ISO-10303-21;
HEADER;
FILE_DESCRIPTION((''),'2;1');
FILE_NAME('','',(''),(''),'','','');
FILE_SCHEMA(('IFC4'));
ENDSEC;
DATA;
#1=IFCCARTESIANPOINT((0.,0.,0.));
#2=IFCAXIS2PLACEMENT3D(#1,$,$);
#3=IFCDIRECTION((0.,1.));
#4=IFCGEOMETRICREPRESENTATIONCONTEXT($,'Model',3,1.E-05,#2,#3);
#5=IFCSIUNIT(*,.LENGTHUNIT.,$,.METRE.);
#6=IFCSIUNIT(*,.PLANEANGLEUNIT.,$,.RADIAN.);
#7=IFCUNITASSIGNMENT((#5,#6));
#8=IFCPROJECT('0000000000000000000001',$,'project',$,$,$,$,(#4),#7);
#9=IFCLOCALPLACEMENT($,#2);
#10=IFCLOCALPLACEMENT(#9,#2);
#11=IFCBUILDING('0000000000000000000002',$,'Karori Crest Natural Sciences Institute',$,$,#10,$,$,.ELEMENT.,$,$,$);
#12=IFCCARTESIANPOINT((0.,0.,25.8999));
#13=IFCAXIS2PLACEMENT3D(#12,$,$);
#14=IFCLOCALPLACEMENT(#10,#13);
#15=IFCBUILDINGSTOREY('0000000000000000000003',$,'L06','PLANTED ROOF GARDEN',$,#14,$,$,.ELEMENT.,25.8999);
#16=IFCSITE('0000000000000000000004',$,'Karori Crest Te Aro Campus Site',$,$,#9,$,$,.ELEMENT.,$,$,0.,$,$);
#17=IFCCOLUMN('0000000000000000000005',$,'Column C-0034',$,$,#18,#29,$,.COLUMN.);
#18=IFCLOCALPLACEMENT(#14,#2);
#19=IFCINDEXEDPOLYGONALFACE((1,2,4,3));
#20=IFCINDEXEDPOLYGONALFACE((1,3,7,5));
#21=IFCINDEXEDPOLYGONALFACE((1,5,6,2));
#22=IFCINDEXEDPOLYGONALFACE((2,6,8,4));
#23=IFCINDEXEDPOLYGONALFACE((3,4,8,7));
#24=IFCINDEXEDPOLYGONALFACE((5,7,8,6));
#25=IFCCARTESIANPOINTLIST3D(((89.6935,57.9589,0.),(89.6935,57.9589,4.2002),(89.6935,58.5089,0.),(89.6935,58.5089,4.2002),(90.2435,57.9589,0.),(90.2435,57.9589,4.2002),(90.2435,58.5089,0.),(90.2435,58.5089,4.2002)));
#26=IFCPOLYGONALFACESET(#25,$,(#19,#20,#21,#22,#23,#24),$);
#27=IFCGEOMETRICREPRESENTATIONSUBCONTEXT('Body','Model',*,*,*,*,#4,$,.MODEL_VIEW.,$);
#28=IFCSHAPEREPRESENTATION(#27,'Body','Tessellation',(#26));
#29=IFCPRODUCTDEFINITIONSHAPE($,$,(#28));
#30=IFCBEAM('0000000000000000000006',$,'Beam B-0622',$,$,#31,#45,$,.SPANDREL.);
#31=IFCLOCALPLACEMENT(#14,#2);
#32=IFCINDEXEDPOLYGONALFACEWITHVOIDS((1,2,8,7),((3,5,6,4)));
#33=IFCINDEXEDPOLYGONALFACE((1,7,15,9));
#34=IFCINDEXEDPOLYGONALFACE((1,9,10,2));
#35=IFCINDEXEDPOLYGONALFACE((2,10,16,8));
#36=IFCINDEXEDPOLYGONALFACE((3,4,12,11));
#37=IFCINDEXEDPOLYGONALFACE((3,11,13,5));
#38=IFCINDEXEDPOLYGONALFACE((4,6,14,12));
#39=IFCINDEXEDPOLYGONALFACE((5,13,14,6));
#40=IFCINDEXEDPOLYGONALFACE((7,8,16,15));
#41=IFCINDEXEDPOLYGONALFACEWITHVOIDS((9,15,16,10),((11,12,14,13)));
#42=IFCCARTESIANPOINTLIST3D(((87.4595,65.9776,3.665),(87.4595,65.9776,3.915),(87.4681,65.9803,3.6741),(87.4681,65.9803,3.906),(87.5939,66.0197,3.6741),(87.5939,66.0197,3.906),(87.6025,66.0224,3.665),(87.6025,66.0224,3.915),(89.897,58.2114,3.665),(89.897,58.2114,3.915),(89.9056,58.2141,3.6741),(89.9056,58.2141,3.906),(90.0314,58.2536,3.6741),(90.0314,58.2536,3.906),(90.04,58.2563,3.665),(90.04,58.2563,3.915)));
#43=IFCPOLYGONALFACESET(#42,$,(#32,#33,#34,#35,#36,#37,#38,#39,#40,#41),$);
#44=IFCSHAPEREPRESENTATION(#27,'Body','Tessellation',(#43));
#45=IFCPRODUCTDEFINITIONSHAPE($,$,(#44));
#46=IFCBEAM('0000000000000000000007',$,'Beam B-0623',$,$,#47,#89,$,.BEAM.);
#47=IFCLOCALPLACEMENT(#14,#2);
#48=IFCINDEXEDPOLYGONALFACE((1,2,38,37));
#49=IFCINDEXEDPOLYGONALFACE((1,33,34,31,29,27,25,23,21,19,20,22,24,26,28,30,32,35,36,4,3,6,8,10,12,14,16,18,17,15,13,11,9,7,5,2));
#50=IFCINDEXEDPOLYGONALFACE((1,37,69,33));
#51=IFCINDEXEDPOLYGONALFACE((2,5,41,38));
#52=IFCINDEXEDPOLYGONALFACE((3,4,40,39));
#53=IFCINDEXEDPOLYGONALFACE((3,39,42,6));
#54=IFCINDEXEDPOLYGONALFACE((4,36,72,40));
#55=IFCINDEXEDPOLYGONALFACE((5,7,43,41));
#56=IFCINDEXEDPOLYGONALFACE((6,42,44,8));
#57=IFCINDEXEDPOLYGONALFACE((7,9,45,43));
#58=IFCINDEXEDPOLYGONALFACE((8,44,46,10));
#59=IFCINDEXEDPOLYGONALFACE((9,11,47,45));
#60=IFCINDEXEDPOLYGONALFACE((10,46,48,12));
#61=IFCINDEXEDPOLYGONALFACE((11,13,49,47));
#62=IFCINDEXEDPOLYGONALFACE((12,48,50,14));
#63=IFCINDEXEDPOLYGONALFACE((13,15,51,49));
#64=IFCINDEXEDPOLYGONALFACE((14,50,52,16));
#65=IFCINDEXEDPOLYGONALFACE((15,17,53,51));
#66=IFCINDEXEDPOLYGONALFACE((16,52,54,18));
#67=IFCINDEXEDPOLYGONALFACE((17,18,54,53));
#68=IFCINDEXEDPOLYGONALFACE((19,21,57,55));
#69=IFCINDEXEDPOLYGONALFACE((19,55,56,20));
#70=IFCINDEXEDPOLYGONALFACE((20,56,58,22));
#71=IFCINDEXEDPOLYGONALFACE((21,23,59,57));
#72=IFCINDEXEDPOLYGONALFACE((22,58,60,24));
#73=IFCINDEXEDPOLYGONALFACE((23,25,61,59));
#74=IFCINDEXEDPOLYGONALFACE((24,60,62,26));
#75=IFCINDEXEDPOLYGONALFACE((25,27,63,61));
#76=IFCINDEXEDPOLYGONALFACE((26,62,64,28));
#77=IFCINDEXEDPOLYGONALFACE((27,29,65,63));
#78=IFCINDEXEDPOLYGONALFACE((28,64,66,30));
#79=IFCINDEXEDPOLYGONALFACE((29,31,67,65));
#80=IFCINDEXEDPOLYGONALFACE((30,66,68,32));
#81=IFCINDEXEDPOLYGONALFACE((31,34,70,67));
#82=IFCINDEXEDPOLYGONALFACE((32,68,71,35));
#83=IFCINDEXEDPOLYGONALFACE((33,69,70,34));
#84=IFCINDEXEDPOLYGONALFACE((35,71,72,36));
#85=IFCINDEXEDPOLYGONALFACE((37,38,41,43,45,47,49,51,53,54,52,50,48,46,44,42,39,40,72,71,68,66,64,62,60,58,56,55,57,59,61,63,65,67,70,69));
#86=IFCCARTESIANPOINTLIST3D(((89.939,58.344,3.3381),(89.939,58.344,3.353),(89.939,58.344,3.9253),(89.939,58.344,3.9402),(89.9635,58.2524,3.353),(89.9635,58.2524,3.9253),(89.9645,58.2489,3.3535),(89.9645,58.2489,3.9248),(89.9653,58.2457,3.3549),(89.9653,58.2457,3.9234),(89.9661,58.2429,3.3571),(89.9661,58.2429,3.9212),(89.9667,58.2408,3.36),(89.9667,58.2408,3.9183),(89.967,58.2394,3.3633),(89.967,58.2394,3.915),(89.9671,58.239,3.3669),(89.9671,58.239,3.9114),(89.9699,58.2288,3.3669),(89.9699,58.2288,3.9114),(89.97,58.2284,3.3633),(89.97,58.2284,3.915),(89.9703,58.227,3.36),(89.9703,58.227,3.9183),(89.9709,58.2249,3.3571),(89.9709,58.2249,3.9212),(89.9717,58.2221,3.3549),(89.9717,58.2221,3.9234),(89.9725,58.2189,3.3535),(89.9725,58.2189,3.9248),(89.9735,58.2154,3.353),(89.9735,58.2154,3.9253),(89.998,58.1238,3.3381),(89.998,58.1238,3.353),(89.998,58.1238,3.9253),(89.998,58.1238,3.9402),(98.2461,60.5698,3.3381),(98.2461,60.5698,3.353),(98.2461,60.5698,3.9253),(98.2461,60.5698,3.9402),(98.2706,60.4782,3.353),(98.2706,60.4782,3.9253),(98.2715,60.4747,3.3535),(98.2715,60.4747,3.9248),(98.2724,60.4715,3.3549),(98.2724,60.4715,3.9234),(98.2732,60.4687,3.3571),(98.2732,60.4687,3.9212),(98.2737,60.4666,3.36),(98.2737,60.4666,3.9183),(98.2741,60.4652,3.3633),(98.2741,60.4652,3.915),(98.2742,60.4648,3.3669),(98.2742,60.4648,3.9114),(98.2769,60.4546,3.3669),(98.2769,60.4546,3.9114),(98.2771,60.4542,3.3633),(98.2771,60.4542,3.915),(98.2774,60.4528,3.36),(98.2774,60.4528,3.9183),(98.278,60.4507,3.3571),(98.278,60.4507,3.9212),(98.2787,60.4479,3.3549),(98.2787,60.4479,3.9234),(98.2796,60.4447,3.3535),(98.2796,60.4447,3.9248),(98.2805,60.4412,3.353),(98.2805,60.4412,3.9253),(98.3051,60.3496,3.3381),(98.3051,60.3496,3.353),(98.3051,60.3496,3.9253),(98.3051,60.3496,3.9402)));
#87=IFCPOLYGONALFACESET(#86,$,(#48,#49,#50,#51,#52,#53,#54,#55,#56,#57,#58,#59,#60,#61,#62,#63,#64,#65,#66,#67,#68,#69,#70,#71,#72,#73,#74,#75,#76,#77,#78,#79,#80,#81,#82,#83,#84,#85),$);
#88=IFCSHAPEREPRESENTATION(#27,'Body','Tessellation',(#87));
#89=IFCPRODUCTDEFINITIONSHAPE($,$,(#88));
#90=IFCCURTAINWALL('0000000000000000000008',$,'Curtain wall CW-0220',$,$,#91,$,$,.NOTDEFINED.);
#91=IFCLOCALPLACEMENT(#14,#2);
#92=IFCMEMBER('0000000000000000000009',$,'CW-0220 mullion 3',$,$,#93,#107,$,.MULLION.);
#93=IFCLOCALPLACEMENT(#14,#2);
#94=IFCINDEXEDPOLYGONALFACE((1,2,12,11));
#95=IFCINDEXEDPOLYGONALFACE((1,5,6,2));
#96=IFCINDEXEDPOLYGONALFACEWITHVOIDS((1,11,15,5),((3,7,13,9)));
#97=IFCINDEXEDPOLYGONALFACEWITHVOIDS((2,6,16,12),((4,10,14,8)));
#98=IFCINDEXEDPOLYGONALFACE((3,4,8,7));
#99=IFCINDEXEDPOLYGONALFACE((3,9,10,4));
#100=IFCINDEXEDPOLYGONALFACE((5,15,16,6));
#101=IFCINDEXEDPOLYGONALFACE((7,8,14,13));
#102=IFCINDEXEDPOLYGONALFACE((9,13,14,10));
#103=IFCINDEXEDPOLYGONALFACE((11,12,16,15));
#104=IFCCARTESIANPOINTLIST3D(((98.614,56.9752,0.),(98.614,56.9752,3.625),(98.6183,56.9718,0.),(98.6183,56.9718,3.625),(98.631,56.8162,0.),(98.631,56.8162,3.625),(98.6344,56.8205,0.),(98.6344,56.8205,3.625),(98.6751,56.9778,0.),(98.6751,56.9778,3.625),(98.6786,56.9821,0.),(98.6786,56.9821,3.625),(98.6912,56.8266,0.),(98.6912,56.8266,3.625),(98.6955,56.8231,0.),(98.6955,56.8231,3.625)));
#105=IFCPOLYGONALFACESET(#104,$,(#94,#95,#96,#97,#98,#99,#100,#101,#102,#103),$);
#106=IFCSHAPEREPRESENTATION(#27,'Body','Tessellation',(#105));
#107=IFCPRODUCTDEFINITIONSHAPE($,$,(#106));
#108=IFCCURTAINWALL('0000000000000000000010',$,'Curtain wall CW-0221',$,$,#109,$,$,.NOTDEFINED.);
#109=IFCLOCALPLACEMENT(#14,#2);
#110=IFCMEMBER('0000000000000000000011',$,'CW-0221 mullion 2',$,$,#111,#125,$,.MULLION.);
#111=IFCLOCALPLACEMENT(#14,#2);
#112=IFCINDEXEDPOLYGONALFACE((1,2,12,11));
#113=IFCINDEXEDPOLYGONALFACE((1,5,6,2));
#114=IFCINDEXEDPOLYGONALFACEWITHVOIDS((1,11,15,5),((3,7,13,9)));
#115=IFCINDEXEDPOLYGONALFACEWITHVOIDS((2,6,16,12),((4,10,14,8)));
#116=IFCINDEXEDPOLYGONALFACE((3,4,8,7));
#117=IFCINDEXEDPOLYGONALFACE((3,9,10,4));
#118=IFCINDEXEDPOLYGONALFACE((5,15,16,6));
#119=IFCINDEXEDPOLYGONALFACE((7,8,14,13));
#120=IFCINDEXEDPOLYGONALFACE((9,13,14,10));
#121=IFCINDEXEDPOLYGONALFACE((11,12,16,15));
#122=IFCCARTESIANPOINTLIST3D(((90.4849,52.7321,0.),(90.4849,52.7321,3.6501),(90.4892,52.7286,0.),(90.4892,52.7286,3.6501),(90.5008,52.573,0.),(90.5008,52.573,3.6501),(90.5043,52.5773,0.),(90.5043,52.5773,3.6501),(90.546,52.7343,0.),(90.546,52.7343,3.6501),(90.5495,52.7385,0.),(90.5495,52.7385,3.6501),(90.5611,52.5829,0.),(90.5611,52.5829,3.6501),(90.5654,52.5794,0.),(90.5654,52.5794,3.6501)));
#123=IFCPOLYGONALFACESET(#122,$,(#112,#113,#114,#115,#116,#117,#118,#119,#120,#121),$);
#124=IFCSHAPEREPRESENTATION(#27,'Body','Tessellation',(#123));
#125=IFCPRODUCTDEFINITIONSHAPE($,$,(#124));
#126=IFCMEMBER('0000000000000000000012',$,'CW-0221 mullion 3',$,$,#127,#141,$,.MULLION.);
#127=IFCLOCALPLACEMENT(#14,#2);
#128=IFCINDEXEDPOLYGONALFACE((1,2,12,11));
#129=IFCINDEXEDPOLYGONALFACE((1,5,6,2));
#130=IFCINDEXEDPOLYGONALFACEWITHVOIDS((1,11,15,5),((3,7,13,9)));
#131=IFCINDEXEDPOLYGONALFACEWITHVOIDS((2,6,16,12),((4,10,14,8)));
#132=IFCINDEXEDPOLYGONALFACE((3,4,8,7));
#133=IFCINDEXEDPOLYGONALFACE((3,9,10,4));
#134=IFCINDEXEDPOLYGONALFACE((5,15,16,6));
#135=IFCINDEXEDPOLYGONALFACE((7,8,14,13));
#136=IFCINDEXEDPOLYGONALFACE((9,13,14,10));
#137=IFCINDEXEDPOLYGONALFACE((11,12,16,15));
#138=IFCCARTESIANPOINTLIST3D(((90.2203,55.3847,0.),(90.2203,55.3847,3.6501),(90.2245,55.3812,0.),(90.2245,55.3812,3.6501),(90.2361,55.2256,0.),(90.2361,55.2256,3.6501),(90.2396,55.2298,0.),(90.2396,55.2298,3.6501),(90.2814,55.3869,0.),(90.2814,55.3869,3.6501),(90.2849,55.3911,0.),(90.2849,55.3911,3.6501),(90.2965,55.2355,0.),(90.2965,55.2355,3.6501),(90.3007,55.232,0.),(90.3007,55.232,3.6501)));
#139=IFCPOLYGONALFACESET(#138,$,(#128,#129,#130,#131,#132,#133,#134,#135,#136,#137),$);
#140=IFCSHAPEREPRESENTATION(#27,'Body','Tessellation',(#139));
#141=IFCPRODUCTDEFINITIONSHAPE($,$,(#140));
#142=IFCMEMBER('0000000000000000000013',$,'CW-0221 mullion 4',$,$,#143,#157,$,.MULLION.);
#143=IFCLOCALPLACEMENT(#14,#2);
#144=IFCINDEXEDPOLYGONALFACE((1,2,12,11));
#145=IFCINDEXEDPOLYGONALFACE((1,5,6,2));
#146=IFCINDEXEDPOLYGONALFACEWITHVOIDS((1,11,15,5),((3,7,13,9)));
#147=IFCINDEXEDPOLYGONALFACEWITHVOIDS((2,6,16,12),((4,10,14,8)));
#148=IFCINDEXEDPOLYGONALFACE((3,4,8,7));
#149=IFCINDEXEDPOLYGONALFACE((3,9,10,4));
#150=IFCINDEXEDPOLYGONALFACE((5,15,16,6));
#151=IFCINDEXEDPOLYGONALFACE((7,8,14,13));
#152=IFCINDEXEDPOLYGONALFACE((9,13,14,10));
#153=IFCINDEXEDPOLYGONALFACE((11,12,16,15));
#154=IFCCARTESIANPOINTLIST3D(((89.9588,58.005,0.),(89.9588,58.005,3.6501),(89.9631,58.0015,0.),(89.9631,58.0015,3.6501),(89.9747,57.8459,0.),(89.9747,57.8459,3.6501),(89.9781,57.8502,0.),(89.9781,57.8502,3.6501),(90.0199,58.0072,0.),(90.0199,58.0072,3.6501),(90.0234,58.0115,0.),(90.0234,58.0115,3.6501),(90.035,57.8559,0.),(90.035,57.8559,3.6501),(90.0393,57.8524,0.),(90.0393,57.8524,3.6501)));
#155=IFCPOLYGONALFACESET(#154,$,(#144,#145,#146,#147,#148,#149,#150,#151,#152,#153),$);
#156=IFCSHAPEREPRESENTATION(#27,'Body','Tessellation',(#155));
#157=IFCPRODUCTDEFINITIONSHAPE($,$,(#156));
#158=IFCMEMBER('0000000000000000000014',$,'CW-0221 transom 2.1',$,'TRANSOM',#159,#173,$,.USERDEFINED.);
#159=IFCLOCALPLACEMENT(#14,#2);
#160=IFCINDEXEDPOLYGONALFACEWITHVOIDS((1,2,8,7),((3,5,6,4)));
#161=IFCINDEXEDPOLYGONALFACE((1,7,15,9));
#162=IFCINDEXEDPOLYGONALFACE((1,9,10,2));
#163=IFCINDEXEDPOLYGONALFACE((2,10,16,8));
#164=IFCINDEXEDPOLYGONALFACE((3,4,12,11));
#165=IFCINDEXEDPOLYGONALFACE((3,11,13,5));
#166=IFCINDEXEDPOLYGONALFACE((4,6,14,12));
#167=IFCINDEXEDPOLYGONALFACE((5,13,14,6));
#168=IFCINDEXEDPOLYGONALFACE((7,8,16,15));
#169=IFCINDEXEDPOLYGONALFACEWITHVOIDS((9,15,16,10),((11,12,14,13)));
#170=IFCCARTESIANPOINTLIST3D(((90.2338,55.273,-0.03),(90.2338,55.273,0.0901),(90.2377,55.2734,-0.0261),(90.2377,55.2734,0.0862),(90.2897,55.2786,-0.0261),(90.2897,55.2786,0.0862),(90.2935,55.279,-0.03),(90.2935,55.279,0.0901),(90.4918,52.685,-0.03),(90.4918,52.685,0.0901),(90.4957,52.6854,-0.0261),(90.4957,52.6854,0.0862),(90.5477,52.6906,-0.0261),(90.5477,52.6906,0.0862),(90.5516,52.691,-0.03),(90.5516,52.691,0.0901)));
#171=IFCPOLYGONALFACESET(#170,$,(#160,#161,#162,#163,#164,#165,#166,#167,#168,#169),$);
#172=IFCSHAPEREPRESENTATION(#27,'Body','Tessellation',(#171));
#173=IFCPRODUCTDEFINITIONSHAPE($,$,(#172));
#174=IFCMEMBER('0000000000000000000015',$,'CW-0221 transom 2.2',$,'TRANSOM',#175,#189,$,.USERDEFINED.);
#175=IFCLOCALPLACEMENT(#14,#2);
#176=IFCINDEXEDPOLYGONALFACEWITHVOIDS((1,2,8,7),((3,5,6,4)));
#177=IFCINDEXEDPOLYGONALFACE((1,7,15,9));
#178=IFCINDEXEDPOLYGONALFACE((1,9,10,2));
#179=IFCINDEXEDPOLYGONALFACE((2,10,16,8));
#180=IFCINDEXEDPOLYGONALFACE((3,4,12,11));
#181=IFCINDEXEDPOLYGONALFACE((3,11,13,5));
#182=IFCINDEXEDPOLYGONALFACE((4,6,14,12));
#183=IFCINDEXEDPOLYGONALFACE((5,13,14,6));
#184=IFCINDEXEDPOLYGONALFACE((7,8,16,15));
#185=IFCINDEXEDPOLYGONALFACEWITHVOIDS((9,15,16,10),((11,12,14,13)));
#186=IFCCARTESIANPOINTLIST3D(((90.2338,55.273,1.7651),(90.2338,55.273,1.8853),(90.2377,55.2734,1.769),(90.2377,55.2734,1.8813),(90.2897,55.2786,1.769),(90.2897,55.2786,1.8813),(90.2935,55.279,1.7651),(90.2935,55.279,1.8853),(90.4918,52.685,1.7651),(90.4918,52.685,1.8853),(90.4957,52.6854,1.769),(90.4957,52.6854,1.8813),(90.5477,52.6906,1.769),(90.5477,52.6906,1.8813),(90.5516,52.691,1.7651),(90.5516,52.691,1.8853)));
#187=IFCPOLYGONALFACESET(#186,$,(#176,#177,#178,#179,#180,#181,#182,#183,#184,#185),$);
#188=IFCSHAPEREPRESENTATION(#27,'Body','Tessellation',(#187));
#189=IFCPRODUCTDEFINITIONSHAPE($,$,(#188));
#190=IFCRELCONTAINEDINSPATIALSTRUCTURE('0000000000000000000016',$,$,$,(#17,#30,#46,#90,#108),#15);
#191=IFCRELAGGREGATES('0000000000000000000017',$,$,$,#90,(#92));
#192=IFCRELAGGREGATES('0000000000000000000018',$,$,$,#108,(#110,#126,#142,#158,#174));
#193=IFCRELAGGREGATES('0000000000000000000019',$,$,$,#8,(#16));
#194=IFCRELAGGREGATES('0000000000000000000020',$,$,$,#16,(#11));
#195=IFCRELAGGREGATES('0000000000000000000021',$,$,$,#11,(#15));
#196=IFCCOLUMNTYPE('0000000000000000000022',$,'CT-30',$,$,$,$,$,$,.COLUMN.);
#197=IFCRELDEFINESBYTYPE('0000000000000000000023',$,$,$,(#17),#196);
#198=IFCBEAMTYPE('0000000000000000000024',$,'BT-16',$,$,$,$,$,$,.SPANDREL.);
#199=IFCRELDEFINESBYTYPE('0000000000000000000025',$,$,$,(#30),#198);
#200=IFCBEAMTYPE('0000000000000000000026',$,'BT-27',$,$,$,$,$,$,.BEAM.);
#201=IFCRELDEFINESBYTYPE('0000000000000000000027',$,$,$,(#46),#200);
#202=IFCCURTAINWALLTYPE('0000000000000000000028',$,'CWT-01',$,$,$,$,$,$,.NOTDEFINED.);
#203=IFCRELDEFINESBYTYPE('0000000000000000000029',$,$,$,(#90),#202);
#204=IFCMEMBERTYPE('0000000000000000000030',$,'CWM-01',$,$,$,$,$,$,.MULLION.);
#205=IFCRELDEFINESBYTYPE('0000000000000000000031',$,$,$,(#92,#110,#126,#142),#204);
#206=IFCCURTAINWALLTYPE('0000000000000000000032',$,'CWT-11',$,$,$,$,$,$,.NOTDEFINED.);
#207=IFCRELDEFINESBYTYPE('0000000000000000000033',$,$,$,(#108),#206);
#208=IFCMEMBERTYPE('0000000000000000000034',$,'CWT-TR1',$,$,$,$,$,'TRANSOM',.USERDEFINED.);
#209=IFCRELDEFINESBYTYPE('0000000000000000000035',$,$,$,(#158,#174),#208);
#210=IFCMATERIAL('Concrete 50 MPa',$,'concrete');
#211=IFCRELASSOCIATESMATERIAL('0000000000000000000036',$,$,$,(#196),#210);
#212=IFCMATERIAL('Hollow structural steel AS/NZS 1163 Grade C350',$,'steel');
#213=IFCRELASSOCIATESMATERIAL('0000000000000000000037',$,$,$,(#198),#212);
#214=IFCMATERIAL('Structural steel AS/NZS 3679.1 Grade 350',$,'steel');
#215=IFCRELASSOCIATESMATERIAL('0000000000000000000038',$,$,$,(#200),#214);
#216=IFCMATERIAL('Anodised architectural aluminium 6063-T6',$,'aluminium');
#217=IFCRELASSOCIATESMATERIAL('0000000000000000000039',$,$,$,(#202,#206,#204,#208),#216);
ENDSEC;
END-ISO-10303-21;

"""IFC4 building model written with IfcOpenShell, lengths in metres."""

from ifc_helpers import new_model, si_unit, direction, frame, origin, origin_2d, place, context, subcontext, project, spatial, rectangle, hollow_rectangle, i_section, extrude, material, material_profile, profile_set, type_object, element, aggregate, save


model = new_model("IFC4")

# Units and contexts
model_context = context("Model", 3, precision=1e-05, world=origin(), true_north=direction((0.0, 1.0)))
body_context = subcontext(model_context, "Body", "Model", "MODEL_VIEW")
ifc_project = project(units=[si_unit("LENGTHUNIT", "METRE"), si_unit("PLANEANGLEUNIT", "RADIAN")], contexts=[model_context])

# Site, building, storey
site_placement = place(None, origin())
site = spatial("IfcSite", under=ifc_project, at=site_placement, Name="Karori Crest Te Aro Campus Site", CompositionType="ELEMENT", RefElevation=0.0)
building_placement = place(site_placement, origin())
building = spatial("IfcBuilding", under=site, at=building_placement, Name="Karori Crest Natural Sciences Institute", CompositionType="ELEMENT")
storey_placement = place(building_placement, frame((0.0, 0.0, 25.8999)))
storey = spatial("IfcBuildingStorey", under=building, at=storey_placement, Name="L06", Description="PLANTED ROOF GARDEN", CompositionType="ELEMENT", Elevation=25.8999)

# Column
ifc_material_1 = material(Name="Concrete 50 MPa", Category="concrete")
ifc_material_profile_1 = material_profile(ifc_material_1, rectangle(XDim=0.55, YDim=0.55, at=origin_2d()), Name="RC550x550")
ifc_profile_set_1 = profile_set([ifc_material_profile_1], Name="Concrete 50 MPa")
column_type = type_object("IfcColumnType", Name="CT-30", PredefinedType="COLUMN", material=ifc_profile_set_1)
column_placement = place(storey_placement, frame((89.9685, 58.2339, 0.0), z_axis=(0.0, 0.0, 1.0), x_axis=(1.0, 0.0, 0.0)))
element("IfcColumn", 1, at=column_placement, inside=storey, type_object=column_type, Name="Column C-0034", PredefinedType="COLUMN", context=body_context, shape_type="SweptSolid", body=[
    extrude(rectangle(XDim=0.55, YDim=0.55, at=origin_2d()), origin(), (0.0, 0.0, 1.0), 4.2002),
])

# Beams
ifc_material_2 = material(Name="Hollow structural steel AS/NZS 1163 Grade C350", Category="steel")
ifc_material_profile_2 = material_profile(ifc_material_2, hollow_rectangle(XDim=0.1499, YDim=0.25, WallThickness=0.009, at=origin_2d()), Name="RHS250x150x9")
ifc_profile_set_2 = profile_set([ifc_material_profile_2], Name="Hollow structural steel AS/NZS 1163 Grade C350")
beam_type_1 = type_object("IfcBeamType", Name="BT-16", PredefinedType="SPANDREL", material=ifc_profile_set_2)
beam_1_placement = place(storey_placement, frame((89.9685, 58.2339, 3.79), z_axis=(-0.29946, 0.954109, 0.0), x_axis=(-0.954109, -0.29946, 0.0)))
element("IfcBeam", 2, at=beam_1_placement, inside=storey, type_object=beam_type_1, Name="Beam B-0622", PredefinedType="SPANDREL", context=body_context, shape_type="SweptSolid", body=[
    extrude(hollow_rectangle(XDim=0.1499, YDim=0.25, WallThickness=0.009, at=origin_2d()), origin(), (0.0, 0.0, 1.0), 8.1396),
])
ifc_material_3 = material(Name="Structural steel AS/NZS 3679.1 Grade 350", Category="steel")
ifc_material_profile_3 = material_profile(ifc_material_3, i_section(OverallWidth=0.228, OverallDepth=0.6021, WebThickness=0.0105, FlangeThickness=0.0149, FilletRadius=0.0139, at=origin_2d()), Name="610UB101")
ifc_profile_set_3 = profile_set([ifc_material_profile_3], Name="Structural steel AS/NZS 3679.1 Grade 350")
beam_type_2 = type_object("IfcBeamType", Name="BT-27", PredefinedType="BEAM", material=ifc_profile_set_3)
beam_2_placement = place(storey_placement, frame((89.9685, 58.2339, 3.6392), z_axis=(0.965928, 0.258813, 0.0), x_axis=(-0.258813, 0.965928, 0.0)))
element("IfcBeam", 3, at=beam_2_placement, inside=storey, type_object=beam_type_2, Name="Beam B-0623", PredefinedType="BEAM", context=body_context, shape_type="SweptSolid", body=[
    extrude(i_section(OverallWidth=0.228, OverallDepth=0.6021, WebThickness=0.0105, FlangeThickness=0.0149, FilletRadius=0.0139, at=origin_2d()), origin(), (0.0, 0.0, 1.0), 8.6001),
])

# Curtain wall, member
ifc_material_4 = material(Name="Anodised architectural aluminium 6063-T6", Category="aluminium")
curtain_wall_type_1 = type_object("IfcCurtainWallType", Name="CWT-01", PredefinedType="NOTDEFINED", material=ifc_material_4)
curtain_wall_1_placement = place(storey_placement, origin())
curtain_wall_1 = element("IfcCurtainWall", 4, at=curtain_wall_1_placement, inside=storey, type_object=curtain_wall_type_1, Name="Curtain wall CW-0220", PredefinedType="NOTDEFINED")
ifc_material_profile_4 = material_profile(ifc_material_4, hollow_rectangle(XDim=0.0649, YDim=0.1599, WallThickness=0.0039, at=origin_2d()), Name="CWM160x65x4")
ifc_profile_set_4 = profile_set([ifc_material_profile_4], Name="Anodised architectural aluminium 6063-T6")
member_type_1 = type_object("IfcMemberType", Name="CWM-01", PredefinedType="MULLION", material=ifc_profile_set_4)
member_1_placement = place(storey_placement, frame((98.6548, 56.8992, 0.0), z_axis=(0.0, 0.0, 1.0), x_axis=(0.994378, 0.105884, 0.0)))
member_1 = element("IfcMember", 5, at=member_1_placement, type_object=member_type_1, Name="CW-0220 mullion 3", PredefinedType="MULLION", context=body_context, shape_type="SweptSolid", body=[
    extrude(hollow_rectangle(XDim=0.0649, YDim=0.1599, WallThickness=0.0039, at=origin_2d()), origin(), (0.0, 0.0, 1.0), 3.625),
])

# Curtain wall, members
curtain_wall_type_2 = type_object("IfcCurtainWallType", Name="CWT-11", PredefinedType="NOTDEFINED", material=ifc_material_4)
curtain_wall_2_placement = place(storey_placement, origin())
curtain_wall_2 = element("IfcCurtainWall", 6, at=curtain_wall_2_placement, inside=storey, type_object=curtain_wall_type_2, Name="Curtain wall CW-0221", PredefinedType="NOTDEFINED")
member_2_placement = place(storey_placement, frame((90.5251, 52.6558, 0.0), z_axis=(0.0, 0.0, 1.0), x_axis=(-0.995061, -0.099268, 0.0)))
member_2 = element("IfcMember", 7, at=member_2_placement, type_object=member_type_1, Name="CW-0221 mullion 2", PredefinedType="MULLION", context=body_context, shape_type="SweptSolid", body=[
    extrude(hollow_rectangle(XDim=0.0649, YDim=0.1599, WallThickness=0.0039, at=origin_2d()), origin(), (0.0, 0.0, 1.0), 3.6501),
])
member_3_placement = place(storey_placement, frame((90.2605, 55.3083, 0.0), z_axis=(0.0, 0.0, 1.0), x_axis=(-0.995061, -0.099268, 0.0)))
member_3 = element("IfcMember", 8, at=member_3_placement, type_object=member_type_1, Name="CW-0221 mullion 3", PredefinedType="MULLION", context=body_context, shape_type="SweptSolid", body=[
    extrude(hollow_rectangle(XDim=0.0649, YDim=0.1599, WallThickness=0.0039, at=origin_2d()), origin(), (0.0, 0.0, 1.0), 3.6501),
])
member_4_placement = place(storey_placement, frame((89.999, 57.9287, 0.0), z_axis=(0.0, 0.0, 1.0), x_axis=(-0.995061, -0.099268, 0.0)))
member_4 = element("IfcMember", 9, at=member_4_placement, type_object=member_type_1, Name="CW-0221 mullion 4", PredefinedType="MULLION", context=body_context, shape_type="SweptSolid", body=[
    extrude(hollow_rectangle(XDim=0.0649, YDim=0.1599, WallThickness=0.0039, at=origin_2d()), origin(), (0.0, 0.0, 1.0), 3.6501),
])
ifc_material_profile_5 = material_profile(ifc_material_4, hollow_rectangle(XDim=0.0601, YDim=0.1201, WallThickness=0.0039, at=origin_2d()), Name="CWT120x60x4")
ifc_profile_set_5 = profile_set([ifc_material_profile_5], Name="Anodised architectural aluminium 6063-T6")
member_type_2 = type_object("IfcMemberType", Name="CWT-TR1", ElementType="TRANSOM", PredefinedType="USERDEFINED", material=ifc_profile_set_5)
member_5_placement = place(storey_placement, frame((90.5217, 52.688, 0.03), z_axis=(-0.099225, 0.995065, 0.0), x_axis=(-0.995065, -0.099225, 0.0)))
member_5 = element("IfcMember", 10, at=member_5_placement, type_object=member_type_2, Name="CW-0221 transom 2.1", ObjectType="TRANSOM", PredefinedType="USERDEFINED", context=body_context, shape_type="SweptSolid", body=[
    extrude(hollow_rectangle(XDim=0.0601, YDim=0.1201, WallThickness=0.0039, at=origin_2d()), origin(), (0.0, 0.0, 1.0), 2.6008),
])
member_6_placement = place(storey_placement, frame((90.5217, 52.688, 1.8252), z_axis=(-0.099225, 0.995065, 0.0), x_axis=(-0.995065, -0.099225, 0.0)))
member_6 = element("IfcMember", 11, at=member_6_placement, type_object=member_type_2, Name="CW-0221 transom 2.2", ObjectType="TRANSOM", PredefinedType="USERDEFINED", context=body_context, shape_type="SweptSolid", body=[
    extrude(hollow_rectangle(XDim=0.0601, YDim=0.1201, WallThickness=0.0039, at=origin_2d()), origin(), (0.0, 0.0, 1.0), 2.6008),
])

aggregate(curtain_wall_1, [member_1])
aggregate(curtain_wall_2, [member_2, member_3, member_4, member_5, member_6])

save(model, "model.ifc")
